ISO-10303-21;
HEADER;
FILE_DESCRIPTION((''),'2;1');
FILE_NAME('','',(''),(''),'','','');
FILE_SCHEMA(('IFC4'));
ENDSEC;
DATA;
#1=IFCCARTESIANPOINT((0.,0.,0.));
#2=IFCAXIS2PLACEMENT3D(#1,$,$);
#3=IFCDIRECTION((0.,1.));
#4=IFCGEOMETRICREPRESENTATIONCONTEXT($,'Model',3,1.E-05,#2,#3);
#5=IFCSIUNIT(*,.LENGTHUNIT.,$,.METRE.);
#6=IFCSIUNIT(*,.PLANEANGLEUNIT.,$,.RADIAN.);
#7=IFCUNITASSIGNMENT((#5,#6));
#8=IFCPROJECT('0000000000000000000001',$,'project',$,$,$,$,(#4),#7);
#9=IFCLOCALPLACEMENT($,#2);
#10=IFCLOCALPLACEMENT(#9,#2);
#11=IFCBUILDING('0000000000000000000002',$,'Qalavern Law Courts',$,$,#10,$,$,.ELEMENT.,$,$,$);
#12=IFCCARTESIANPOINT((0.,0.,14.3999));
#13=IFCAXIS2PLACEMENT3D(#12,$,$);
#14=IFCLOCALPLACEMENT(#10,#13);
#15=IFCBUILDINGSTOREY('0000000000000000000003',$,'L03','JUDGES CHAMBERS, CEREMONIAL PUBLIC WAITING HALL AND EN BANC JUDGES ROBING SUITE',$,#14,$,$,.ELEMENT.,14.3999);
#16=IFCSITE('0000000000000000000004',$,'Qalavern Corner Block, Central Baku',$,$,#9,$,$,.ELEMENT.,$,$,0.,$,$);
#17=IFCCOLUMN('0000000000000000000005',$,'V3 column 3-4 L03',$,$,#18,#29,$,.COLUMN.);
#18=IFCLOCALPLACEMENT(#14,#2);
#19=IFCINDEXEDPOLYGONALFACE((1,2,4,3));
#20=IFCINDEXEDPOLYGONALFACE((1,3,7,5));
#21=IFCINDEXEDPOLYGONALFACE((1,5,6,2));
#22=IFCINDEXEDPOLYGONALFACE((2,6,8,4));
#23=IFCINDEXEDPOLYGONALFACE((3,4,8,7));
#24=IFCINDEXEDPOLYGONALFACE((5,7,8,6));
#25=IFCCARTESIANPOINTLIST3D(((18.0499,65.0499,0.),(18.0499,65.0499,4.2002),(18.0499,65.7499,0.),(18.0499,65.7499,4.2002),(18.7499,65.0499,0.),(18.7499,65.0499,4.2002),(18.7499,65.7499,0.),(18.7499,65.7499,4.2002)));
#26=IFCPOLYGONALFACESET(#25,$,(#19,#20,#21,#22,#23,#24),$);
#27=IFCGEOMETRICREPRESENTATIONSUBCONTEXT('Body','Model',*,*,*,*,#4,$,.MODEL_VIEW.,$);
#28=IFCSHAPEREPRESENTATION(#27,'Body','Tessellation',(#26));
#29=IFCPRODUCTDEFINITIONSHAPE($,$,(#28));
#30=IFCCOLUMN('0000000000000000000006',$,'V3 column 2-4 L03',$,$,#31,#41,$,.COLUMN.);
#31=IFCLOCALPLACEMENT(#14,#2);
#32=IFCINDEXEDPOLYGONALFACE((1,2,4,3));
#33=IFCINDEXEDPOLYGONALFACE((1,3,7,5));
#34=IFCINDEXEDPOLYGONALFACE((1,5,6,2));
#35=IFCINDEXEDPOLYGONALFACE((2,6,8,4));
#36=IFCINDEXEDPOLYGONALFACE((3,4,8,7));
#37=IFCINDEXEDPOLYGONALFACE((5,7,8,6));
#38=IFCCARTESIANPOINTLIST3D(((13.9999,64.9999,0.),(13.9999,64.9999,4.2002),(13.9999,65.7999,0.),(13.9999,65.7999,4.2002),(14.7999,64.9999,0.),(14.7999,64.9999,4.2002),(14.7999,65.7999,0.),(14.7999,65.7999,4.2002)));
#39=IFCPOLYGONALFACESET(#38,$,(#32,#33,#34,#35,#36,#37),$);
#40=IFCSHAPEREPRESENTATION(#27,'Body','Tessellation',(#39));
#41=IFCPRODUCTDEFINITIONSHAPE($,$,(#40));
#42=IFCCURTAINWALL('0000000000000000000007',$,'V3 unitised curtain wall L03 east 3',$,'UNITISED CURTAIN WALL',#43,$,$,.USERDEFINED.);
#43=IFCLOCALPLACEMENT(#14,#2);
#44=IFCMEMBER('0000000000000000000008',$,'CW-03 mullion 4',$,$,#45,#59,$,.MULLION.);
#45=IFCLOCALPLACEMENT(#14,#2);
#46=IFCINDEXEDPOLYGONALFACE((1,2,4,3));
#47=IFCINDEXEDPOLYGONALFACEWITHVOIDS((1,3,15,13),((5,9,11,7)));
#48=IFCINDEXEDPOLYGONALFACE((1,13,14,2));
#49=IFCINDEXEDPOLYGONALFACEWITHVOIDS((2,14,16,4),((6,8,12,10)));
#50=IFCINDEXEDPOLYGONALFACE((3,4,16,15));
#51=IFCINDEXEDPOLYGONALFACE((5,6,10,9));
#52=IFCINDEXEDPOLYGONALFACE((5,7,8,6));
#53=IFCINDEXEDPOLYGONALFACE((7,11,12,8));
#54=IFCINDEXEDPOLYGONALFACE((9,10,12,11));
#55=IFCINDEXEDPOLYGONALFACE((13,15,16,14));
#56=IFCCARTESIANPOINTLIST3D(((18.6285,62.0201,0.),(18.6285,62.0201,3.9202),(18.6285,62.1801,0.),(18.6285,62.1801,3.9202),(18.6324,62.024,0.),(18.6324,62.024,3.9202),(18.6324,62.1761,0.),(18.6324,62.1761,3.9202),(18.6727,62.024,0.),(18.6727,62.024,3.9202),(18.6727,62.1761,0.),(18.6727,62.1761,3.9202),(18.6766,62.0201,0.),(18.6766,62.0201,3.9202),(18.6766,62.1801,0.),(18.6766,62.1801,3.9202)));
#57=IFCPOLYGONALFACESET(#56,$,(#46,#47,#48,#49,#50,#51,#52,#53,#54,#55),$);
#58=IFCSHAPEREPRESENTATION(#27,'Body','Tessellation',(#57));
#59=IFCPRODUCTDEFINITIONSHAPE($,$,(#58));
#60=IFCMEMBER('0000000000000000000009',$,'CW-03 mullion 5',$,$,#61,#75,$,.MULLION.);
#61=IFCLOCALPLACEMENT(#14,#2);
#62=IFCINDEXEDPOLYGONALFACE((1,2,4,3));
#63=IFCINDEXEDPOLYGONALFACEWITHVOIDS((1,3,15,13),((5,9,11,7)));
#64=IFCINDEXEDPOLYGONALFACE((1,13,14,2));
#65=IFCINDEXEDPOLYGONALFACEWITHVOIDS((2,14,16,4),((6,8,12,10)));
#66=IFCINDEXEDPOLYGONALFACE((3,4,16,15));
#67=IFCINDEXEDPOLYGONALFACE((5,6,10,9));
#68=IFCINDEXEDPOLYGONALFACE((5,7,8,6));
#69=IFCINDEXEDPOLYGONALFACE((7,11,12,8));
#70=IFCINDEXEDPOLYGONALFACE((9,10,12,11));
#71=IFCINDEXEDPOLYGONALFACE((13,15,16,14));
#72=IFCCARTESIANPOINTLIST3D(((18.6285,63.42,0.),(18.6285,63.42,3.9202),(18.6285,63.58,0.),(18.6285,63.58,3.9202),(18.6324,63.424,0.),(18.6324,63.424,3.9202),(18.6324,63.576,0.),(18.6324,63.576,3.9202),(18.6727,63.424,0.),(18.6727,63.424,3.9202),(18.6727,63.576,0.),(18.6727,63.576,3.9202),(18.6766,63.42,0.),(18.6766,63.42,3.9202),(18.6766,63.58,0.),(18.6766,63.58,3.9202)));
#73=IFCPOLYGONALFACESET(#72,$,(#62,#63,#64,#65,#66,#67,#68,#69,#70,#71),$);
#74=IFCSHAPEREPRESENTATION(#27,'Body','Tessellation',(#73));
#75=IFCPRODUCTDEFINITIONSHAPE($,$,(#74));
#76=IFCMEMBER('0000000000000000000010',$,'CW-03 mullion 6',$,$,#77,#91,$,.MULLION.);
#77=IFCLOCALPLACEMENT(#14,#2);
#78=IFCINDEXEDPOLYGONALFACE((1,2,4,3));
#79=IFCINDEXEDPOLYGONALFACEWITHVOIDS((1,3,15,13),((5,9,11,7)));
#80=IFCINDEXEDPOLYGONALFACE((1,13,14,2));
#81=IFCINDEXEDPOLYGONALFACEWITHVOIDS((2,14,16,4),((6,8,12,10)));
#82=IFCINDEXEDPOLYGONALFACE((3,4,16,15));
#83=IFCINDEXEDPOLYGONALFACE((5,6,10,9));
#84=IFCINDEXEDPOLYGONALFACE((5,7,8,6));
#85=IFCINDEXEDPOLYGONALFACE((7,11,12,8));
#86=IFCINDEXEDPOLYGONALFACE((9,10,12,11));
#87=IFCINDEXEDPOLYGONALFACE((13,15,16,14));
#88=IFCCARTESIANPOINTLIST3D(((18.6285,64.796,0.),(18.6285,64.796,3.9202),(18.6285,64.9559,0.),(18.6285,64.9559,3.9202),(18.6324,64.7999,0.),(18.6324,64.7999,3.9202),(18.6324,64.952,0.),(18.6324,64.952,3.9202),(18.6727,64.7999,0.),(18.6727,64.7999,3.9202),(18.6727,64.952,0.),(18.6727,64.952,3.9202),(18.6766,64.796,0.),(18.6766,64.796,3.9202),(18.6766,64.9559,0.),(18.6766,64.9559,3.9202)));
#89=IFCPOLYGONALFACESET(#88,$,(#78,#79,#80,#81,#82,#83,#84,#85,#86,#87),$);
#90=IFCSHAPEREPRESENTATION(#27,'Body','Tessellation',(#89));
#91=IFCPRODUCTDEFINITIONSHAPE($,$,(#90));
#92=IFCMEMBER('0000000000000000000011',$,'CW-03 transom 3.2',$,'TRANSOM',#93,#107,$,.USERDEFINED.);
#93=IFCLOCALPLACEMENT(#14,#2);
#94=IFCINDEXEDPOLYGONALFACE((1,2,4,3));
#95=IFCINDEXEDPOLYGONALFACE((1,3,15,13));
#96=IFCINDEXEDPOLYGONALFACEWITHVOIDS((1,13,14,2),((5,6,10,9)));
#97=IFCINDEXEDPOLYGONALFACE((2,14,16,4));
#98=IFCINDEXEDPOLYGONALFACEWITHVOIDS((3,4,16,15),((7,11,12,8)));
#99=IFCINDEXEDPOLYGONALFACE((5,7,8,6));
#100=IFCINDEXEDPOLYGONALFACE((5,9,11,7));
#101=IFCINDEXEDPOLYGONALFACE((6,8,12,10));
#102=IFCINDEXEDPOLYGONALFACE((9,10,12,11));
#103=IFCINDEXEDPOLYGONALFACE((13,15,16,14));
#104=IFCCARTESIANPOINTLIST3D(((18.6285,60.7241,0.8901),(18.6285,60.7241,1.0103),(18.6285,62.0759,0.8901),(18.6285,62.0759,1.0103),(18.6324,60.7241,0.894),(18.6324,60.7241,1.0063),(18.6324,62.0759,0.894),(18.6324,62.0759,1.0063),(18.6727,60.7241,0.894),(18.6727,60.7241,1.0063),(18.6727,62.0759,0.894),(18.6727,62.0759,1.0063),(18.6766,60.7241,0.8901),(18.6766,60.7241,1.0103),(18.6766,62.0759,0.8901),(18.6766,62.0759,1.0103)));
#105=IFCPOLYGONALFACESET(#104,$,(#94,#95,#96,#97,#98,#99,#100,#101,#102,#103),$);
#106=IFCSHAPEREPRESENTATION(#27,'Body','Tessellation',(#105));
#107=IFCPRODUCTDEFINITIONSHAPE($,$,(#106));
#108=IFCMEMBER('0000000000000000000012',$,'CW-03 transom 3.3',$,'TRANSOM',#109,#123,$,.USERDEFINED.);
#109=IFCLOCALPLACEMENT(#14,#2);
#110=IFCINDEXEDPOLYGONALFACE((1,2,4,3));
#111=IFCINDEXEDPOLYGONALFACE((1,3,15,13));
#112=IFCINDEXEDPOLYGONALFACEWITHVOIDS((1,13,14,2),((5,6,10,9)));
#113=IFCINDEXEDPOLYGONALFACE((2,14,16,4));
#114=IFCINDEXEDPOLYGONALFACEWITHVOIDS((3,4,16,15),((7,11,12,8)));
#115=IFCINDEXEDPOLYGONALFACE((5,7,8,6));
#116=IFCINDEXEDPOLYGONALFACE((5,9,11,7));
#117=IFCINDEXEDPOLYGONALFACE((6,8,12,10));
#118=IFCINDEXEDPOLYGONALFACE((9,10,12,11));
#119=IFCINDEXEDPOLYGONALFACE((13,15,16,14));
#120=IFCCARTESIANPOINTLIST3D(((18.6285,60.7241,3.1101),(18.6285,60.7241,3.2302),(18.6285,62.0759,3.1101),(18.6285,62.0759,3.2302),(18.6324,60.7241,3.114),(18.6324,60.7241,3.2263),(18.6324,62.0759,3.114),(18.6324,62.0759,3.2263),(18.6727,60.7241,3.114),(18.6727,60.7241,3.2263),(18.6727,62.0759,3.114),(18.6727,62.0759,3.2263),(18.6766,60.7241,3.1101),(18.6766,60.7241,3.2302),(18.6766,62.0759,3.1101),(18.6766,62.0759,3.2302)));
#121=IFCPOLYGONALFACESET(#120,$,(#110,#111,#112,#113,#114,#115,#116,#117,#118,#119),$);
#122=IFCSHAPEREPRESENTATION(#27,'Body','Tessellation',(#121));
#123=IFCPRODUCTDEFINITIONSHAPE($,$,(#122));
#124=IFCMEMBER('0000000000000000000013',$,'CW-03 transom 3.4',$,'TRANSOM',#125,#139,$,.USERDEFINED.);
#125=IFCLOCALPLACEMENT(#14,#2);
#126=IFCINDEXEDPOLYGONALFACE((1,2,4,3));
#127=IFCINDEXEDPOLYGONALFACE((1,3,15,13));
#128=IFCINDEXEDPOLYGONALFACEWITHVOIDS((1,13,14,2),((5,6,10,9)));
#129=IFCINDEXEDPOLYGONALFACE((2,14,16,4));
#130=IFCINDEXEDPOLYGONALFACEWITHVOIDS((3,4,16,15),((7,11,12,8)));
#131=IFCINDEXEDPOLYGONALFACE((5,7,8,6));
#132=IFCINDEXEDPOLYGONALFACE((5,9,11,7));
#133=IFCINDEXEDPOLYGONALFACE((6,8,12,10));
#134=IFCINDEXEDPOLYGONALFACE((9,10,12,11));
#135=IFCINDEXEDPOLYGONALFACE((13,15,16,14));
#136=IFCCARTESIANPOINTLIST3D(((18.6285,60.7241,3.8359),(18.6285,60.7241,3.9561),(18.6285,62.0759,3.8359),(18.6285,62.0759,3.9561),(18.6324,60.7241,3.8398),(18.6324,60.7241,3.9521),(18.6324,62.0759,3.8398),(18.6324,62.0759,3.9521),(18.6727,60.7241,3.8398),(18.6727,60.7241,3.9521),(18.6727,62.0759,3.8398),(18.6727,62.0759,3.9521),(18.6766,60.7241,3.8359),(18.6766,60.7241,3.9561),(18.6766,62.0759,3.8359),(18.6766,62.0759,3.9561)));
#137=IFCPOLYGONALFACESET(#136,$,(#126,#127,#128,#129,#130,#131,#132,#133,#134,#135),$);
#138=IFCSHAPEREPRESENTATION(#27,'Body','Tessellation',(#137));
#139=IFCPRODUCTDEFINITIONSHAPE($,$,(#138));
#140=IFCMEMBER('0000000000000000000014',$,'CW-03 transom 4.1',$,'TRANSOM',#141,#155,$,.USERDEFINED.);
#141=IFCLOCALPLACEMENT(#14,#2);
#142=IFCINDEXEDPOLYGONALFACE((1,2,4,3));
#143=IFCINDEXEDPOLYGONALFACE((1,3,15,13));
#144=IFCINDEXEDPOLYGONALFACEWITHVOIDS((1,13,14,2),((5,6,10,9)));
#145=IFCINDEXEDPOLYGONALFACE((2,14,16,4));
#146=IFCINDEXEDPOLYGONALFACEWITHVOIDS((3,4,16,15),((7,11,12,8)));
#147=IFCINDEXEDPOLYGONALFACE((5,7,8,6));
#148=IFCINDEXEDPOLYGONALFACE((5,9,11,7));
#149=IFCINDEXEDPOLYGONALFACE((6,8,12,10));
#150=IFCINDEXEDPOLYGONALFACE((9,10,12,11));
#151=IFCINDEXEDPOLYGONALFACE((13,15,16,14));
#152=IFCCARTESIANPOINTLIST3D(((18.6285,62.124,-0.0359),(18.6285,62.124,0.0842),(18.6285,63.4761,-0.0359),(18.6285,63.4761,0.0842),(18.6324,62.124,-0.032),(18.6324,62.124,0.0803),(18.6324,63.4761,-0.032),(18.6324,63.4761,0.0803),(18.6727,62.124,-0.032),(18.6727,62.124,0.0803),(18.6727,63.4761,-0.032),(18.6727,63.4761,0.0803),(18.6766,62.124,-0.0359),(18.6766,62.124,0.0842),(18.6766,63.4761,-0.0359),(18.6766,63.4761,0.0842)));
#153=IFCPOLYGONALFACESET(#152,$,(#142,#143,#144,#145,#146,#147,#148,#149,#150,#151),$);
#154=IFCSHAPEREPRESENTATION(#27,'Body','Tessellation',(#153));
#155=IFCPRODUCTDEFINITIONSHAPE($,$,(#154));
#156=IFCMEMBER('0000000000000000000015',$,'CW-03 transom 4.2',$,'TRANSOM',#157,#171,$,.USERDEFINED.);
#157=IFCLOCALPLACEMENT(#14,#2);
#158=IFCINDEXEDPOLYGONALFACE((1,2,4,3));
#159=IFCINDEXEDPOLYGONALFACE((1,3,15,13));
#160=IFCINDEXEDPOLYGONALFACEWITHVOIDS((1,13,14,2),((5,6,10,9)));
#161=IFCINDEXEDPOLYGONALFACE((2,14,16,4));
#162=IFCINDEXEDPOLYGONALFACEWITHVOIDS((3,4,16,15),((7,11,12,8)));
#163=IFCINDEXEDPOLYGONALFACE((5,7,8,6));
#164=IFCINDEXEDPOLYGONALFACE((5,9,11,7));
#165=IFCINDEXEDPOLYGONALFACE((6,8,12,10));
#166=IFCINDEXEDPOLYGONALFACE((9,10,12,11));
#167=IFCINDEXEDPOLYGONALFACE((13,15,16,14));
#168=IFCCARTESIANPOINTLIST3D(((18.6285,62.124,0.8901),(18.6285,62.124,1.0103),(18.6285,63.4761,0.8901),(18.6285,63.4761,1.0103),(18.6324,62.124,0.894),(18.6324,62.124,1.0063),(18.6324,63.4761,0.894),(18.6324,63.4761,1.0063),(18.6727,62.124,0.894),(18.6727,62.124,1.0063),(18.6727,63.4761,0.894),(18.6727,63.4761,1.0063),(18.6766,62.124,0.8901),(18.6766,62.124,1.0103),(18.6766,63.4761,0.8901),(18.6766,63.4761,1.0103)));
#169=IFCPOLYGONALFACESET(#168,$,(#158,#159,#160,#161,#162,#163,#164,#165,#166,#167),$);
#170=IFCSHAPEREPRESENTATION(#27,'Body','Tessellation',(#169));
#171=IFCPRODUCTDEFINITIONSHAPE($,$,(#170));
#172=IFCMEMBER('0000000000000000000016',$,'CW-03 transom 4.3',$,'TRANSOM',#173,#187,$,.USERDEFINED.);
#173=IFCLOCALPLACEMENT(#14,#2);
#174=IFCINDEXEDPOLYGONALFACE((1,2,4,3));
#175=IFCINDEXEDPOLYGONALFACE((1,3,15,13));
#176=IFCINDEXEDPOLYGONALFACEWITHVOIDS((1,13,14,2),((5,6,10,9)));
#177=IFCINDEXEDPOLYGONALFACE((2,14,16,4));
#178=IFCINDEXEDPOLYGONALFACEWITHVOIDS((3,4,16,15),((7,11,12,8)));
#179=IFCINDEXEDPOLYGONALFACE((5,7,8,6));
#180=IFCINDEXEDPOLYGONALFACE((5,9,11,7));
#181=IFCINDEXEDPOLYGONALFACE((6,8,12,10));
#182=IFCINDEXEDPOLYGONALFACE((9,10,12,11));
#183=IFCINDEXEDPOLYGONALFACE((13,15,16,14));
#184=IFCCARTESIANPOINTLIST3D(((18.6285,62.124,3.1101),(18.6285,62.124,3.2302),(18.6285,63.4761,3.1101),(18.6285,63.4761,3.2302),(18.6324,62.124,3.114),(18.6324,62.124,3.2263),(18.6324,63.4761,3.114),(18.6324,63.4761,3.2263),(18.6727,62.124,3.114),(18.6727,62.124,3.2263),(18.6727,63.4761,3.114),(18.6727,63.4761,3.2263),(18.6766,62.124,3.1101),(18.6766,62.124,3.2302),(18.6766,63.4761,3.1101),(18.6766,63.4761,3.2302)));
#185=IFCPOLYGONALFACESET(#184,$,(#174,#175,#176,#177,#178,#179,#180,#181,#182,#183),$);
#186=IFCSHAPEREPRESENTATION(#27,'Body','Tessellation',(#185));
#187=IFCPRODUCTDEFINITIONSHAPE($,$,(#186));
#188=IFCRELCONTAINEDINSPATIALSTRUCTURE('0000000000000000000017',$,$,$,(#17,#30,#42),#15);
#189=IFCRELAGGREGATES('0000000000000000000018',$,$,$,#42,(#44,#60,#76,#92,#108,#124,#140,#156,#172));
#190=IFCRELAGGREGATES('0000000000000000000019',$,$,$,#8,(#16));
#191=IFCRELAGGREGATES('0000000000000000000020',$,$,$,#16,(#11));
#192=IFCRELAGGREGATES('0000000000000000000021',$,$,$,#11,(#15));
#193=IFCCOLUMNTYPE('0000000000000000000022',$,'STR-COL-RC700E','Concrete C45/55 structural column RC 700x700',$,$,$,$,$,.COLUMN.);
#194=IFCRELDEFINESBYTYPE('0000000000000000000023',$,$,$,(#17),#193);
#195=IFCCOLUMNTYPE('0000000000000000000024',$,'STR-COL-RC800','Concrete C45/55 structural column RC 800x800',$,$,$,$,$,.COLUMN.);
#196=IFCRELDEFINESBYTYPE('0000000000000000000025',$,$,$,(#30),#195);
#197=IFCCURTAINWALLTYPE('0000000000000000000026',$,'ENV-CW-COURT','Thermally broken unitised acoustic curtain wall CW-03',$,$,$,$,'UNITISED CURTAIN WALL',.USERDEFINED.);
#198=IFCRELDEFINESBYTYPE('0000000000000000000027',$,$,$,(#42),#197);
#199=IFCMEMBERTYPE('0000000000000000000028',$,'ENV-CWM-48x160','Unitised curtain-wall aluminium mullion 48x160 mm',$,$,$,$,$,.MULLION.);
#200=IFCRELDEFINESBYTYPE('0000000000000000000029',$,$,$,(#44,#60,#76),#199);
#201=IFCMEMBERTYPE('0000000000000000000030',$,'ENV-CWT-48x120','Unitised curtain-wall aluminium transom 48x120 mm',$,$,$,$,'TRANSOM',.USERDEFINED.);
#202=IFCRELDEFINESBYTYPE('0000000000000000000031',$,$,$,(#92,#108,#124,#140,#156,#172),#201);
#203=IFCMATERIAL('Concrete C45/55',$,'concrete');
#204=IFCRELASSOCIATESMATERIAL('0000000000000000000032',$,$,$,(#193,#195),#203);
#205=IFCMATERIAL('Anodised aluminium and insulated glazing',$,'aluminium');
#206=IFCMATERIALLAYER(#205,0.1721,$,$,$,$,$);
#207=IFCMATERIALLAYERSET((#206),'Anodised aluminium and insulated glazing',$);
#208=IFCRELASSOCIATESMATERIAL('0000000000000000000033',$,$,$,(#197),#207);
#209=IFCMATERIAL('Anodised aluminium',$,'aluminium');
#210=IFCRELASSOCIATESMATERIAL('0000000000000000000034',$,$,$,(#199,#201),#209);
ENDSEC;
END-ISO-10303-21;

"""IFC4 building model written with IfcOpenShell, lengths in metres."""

from ifc_helpers import new_model, si_unit, direction, frame, origin, origin_2d, place, context, subcontext, project, spatial, rectangle, hollow_rectangle, extrude, material, layer, layer_set, material_profile, profile_set, type_object, element, aggregate, save


model = new_model("IFC4")

# Units and contexts
model_context = context("Model", 3, precision=1e-05, world=origin(), true_north=direction((0.0, 1.0)))
body_context = subcontext(model_context, "Body", "Model", "MODEL_VIEW")
ifc_project = project(units=[si_unit("LENGTHUNIT", "METRE"), si_unit("PLANEANGLEUNIT", "RADIAN")], contexts=[model_context])

# Site, building, storey
site_placement = place(None, origin())
site = spatial("IfcSite", under=ifc_project, at=site_placement, Name="Qalavern Corner Block, Central Baku", CompositionType="ELEMENT", RefElevation=0.0)
building_placement = place(site_placement, origin())
building = spatial("IfcBuilding", under=site, at=building_placement, Name="Qalavern Law Courts", CompositionType="ELEMENT")
storey_placement = place(building_placement, frame((0.0, 0.0, 14.3999)))
storey = spatial("IfcBuildingStorey", under=building, at=storey_placement, Name="L03", Description="JUDGES CHAMBERS, CEREMONIAL PUBLIC WAITING HALL AND EN BANC JUDGES ROBING SUITE", CompositionType="ELEMENT", Elevation=14.3999)

# Columns
ifc_material_1 = material(Name="Concrete C45/55", Category="concrete")
ifc_material_profile_1 = material_profile(ifc_material_1, rectangle(XDim=0.7, YDim=0.7, at=origin_2d()), Name="RC 700x700")
ifc_profile_set_1 = profile_set([ifc_material_profile_1], Name="Concrete C45/55")
column_type_1 = type_object("IfcColumnType", Name="STR-COL-RC700E", Description="Concrete C45/55 structural column RC 700x700", PredefinedType="COLUMN", material=ifc_profile_set_1)
column_1_placement = place(storey_placement, frame((18.3999, 65.3999, 0.0), z_axis=(0.0, 0.0, 1.0), x_axis=(1.0, 0.0, 0.0)))
element("IfcColumn", 1, at=column_1_placement, inside=storey, type_object=column_type_1, Name="V3 column 3-4 L03", PredefinedType="COLUMN", context=body_context, shape_type="SweptSolid", body=[
    extrude(rectangle(XDim=0.7, YDim=0.7, at=origin_2d()), origin(), (0.0, 0.0, 1.0), 4.2002),
])
ifc_material_profile_2 = material_profile(ifc_material_1, rectangle(XDim=0.8, YDim=0.8, at=origin_2d()), Name="RC 800x800")
ifc_profile_set_2 = profile_set([ifc_material_profile_2], Name="Concrete C45/55")
column_type_2 = type_object("IfcColumnType", Name="STR-COL-RC800", Description="Concrete C45/55 structural column RC 800x800", PredefinedType="COLUMN", material=ifc_profile_set_2)
column_2_placement = place(storey_placement, frame((14.3999, 65.3999, 0.0), z_axis=(0.0, 0.0, 1.0), x_axis=(1.0, 0.0, 0.0)))
element("IfcColumn", 2, at=column_2_placement, inside=storey, type_object=column_type_2, Name="V3 column 2-4 L03", PredefinedType="COLUMN", context=body_context, shape_type="SweptSolid", body=[
    extrude(rectangle(XDim=0.8, YDim=0.8, at=origin_2d()), origin(), (0.0, 0.0, 1.0), 4.2002),
])

# Curtain wall, members
ifc_material_2 = material(Name="Anodised aluminium and insulated glazing", Category="aluminium")
ifc_layer_1 = layer(ifc_material_2, 0.1721)
ifc_layer_set_1 = layer_set([ifc_layer_1], Name="Anodised aluminium and insulated glazing")
curtain_wall_type = type_object("IfcCurtainWallType", Name="ENV-CW-COURT", Description="Thermally broken unitised acoustic curtain wall CW-03", ElementType="UNITISED CURTAIN WALL", PredefinedType="USERDEFINED", material=ifc_layer_set_1)
curtain_wall_placement = place(storey_placement, origin())
curtain_wall = element("IfcCurtainWall", 3, at=curtain_wall_placement, inside=storey, type_object=curtain_wall_type, Name="V3 unitised curtain wall L03 east 3", ObjectType="UNITISED CURTAIN WALL", PredefinedType="USERDEFINED")
ifc_material_3 = material(Name="Anodised aluminium", Category="aluminium")
ifc_material_profile_3 = material_profile(ifc_material_3, hollow_rectangle(XDim=0.0481, YDim=0.1599, WallThickness=0.0039, at=origin_2d()), Name="ALU MULLION 48x160")
ifc_profile_set_3 = profile_set([ifc_material_profile_3], Name="Anodised aluminium")
member_type_1 = type_object("IfcMemberType", Name="ENV-CWM-48x160", Description="Unitised curtain-wall aluminium mullion 48x160 mm", PredefinedType="MULLION", material=ifc_profile_set_3)
member_1_placement = place(storey_placement, frame((18.6526, 62.1001, 0.0), z_axis=(0.0, 0.0, 1.0), x_axis=(-1.0, 0.0, 0.0)))
member_1 = element("IfcMember", 4, at=member_1_placement, type_object=member_type_1, Name="CW-03 mullion 4", PredefinedType="MULLION", context=body_context, shape_type="SweptSolid", body=[
    extrude(hollow_rectangle(XDim=0.0481, YDim=0.1599, WallThickness=0.0039, at=origin_2d()), origin(), (0.0, 0.0, 1.0), 3.9202),
])
member_2_placement = place(storey_placement, frame((18.6526, 63.5, 0.0), z_axis=(0.0, 0.0, 1.0), x_axis=(-1.0, 0.0, 0.0)))
member_2 = element("IfcMember", 5, at=member_2_placement, type_object=member_type_1, Name="CW-03 mullion 5", PredefinedType="MULLION", context=body_context, shape_type="SweptSolid", body=[
    extrude(hollow_rectangle(XDim=0.0481, YDim=0.1599, WallThickness=0.0039, at=origin_2d()), origin(), (0.0, 0.0, 1.0), 3.9202),
])
member_3_placement = place(storey_placement, frame((18.6526, 64.876, 0.0), z_axis=(0.0, 0.0, 1.0), x_axis=(-1.0, 0.0, 0.0)))
member_3 = element("IfcMember", 6, at=member_3_placement, type_object=member_type_1, Name="CW-03 mullion 6", PredefinedType="MULLION", context=body_context, shape_type="SweptSolid", body=[
    extrude(hollow_rectangle(XDim=0.0481, YDim=0.1599, WallThickness=0.0039, at=origin_2d()), origin(), (0.0, 0.0, 1.0), 3.9202),
])
ifc_material_profile_4 = material_profile(ifc_material_3, hollow_rectangle(XDim=0.0481, YDim=0.1201, WallThickness=0.0039, at=origin_2d()), Name="ALU TRANSOM 48x120")
ifc_profile_set_4 = profile_set([ifc_material_profile_4], Name="Anodised aluminium")
member_type_2 = type_object("IfcMemberType", Name="ENV-CWT-48x120", Description="Unitised curtain-wall aluminium transom 48x120 mm", ElementType="TRANSOM", PredefinedType="USERDEFINED", material=ifc_profile_set_4)
member_4_placement = place(storey_placement, frame((18.6526, 60.7241, 0.9502), z_axis=(0.0, 1.0, 0.0), x_axis=(-1.0, 0.0, 0.0)))
member_4 = element("IfcMember", 7, at=member_4_placement, type_object=member_type_2, Name="CW-03 transom 3.2", ObjectType="TRANSOM", PredefinedType="USERDEFINED", context=body_context, shape_type="SweptSolid", body=[
    extrude(hollow_rectangle(XDim=0.0481, YDim=0.1201, WallThickness=0.0039, at=origin_2d()), origin(), (0.0, 0.0, 1.0), 1.3518),
])
member_5_placement = place(storey_placement, frame((18.6526, 60.7241, 3.1702), z_axis=(0.0, 1.0, 0.0), x_axis=(-1.0, 0.0, 0.0)))
member_5 = element("IfcMember", 8, at=member_5_placement, type_object=member_type_2, Name="CW-03 transom 3.3", ObjectType="TRANSOM", PredefinedType="USERDEFINED", context=body_context, shape_type="SweptSolid", body=[
    extrude(hollow_rectangle(XDim=0.0481, YDim=0.1201, WallThickness=0.0039, at=origin_2d()), origin(), (0.0, 0.0, 1.0), 1.3518),
])
member_6_placement = place(storey_placement, frame((18.6526, 60.7241, 3.896), z_axis=(0.0, 1.0, 0.0), x_axis=(-1.0, 0.0, 0.0)))
member_6 = element("IfcMember", 9, at=member_6_placement, type_object=member_type_2, Name="CW-03 transom 3.4", ObjectType="TRANSOM", PredefinedType="USERDEFINED", context=body_context, shape_type="SweptSolid", body=[
    extrude(hollow_rectangle(XDim=0.0481, YDim=0.1201, WallThickness=0.0039, at=origin_2d()), origin(), (0.0, 0.0, 1.0), 1.3518),
])
member_7_placement = place(storey_placement, frame((18.6526, 62.124, 0.0242), z_axis=(0.0, 1.0, 0.0), x_axis=(-1.0, 0.0, 0.0)))
member_7 = element("IfcMember", 10, at=member_7_placement, type_object=member_type_2, Name="CW-03 transom 4.1", ObjectType="TRANSOM", PredefinedType="USERDEFINED", context=body_context, shape_type="SweptSolid", body=[
    extrude(hollow_rectangle(XDim=0.0481, YDim=0.1201, WallThickness=0.0039, at=origin_2d()), origin(), (0.0, 0.0, 1.0), 1.3521),
])
member_8_placement = place(storey_placement, frame((18.6526, 62.124, 0.9502), z_axis=(0.0, 1.0, 0.0), x_axis=(-1.0, 0.0, 0.0)))
member_8 = element("IfcMember", 11, at=member_8_placement, type_object=member_type_2, Name="CW-03 transom 4.2", ObjectType="TRANSOM", PredefinedType="USERDEFINED", context=body_context, shape_type="SweptSolid", body=[
    extrude(hollow_rectangle(XDim=0.0481, YDim=0.1201, WallThickness=0.0039, at=origin_2d()), origin(), (0.0, 0.0, 1.0), 1.3521),
])
member_9_placement = place(storey_placement, frame((18.6526, 62.124, 3.1702), z_axis=(0.0, 1.0, 0.0), x_axis=(-1.0, 0.0, 0.0)))
member_9 = element("IfcMember", 12, at=member_9_placement, type_object=member_type_2, Name="CW-03 transom 4.3", ObjectType="TRANSOM", PredefinedType="USERDEFINED", context=body_context, shape_type="SweptSolid", body=[
    extrude(hollow_rectangle(XDim=0.0481, YDim=0.1201, WallThickness=0.0039, at=origin_2d()), origin(), (0.0, 0.0, 1.0), 1.3521),
])

aggregate(curtain_wall, [member_1, member_2, member_3, member_4, member_5, member_6, member_7, member_8, member_9])

save(model, "model.ifc")
